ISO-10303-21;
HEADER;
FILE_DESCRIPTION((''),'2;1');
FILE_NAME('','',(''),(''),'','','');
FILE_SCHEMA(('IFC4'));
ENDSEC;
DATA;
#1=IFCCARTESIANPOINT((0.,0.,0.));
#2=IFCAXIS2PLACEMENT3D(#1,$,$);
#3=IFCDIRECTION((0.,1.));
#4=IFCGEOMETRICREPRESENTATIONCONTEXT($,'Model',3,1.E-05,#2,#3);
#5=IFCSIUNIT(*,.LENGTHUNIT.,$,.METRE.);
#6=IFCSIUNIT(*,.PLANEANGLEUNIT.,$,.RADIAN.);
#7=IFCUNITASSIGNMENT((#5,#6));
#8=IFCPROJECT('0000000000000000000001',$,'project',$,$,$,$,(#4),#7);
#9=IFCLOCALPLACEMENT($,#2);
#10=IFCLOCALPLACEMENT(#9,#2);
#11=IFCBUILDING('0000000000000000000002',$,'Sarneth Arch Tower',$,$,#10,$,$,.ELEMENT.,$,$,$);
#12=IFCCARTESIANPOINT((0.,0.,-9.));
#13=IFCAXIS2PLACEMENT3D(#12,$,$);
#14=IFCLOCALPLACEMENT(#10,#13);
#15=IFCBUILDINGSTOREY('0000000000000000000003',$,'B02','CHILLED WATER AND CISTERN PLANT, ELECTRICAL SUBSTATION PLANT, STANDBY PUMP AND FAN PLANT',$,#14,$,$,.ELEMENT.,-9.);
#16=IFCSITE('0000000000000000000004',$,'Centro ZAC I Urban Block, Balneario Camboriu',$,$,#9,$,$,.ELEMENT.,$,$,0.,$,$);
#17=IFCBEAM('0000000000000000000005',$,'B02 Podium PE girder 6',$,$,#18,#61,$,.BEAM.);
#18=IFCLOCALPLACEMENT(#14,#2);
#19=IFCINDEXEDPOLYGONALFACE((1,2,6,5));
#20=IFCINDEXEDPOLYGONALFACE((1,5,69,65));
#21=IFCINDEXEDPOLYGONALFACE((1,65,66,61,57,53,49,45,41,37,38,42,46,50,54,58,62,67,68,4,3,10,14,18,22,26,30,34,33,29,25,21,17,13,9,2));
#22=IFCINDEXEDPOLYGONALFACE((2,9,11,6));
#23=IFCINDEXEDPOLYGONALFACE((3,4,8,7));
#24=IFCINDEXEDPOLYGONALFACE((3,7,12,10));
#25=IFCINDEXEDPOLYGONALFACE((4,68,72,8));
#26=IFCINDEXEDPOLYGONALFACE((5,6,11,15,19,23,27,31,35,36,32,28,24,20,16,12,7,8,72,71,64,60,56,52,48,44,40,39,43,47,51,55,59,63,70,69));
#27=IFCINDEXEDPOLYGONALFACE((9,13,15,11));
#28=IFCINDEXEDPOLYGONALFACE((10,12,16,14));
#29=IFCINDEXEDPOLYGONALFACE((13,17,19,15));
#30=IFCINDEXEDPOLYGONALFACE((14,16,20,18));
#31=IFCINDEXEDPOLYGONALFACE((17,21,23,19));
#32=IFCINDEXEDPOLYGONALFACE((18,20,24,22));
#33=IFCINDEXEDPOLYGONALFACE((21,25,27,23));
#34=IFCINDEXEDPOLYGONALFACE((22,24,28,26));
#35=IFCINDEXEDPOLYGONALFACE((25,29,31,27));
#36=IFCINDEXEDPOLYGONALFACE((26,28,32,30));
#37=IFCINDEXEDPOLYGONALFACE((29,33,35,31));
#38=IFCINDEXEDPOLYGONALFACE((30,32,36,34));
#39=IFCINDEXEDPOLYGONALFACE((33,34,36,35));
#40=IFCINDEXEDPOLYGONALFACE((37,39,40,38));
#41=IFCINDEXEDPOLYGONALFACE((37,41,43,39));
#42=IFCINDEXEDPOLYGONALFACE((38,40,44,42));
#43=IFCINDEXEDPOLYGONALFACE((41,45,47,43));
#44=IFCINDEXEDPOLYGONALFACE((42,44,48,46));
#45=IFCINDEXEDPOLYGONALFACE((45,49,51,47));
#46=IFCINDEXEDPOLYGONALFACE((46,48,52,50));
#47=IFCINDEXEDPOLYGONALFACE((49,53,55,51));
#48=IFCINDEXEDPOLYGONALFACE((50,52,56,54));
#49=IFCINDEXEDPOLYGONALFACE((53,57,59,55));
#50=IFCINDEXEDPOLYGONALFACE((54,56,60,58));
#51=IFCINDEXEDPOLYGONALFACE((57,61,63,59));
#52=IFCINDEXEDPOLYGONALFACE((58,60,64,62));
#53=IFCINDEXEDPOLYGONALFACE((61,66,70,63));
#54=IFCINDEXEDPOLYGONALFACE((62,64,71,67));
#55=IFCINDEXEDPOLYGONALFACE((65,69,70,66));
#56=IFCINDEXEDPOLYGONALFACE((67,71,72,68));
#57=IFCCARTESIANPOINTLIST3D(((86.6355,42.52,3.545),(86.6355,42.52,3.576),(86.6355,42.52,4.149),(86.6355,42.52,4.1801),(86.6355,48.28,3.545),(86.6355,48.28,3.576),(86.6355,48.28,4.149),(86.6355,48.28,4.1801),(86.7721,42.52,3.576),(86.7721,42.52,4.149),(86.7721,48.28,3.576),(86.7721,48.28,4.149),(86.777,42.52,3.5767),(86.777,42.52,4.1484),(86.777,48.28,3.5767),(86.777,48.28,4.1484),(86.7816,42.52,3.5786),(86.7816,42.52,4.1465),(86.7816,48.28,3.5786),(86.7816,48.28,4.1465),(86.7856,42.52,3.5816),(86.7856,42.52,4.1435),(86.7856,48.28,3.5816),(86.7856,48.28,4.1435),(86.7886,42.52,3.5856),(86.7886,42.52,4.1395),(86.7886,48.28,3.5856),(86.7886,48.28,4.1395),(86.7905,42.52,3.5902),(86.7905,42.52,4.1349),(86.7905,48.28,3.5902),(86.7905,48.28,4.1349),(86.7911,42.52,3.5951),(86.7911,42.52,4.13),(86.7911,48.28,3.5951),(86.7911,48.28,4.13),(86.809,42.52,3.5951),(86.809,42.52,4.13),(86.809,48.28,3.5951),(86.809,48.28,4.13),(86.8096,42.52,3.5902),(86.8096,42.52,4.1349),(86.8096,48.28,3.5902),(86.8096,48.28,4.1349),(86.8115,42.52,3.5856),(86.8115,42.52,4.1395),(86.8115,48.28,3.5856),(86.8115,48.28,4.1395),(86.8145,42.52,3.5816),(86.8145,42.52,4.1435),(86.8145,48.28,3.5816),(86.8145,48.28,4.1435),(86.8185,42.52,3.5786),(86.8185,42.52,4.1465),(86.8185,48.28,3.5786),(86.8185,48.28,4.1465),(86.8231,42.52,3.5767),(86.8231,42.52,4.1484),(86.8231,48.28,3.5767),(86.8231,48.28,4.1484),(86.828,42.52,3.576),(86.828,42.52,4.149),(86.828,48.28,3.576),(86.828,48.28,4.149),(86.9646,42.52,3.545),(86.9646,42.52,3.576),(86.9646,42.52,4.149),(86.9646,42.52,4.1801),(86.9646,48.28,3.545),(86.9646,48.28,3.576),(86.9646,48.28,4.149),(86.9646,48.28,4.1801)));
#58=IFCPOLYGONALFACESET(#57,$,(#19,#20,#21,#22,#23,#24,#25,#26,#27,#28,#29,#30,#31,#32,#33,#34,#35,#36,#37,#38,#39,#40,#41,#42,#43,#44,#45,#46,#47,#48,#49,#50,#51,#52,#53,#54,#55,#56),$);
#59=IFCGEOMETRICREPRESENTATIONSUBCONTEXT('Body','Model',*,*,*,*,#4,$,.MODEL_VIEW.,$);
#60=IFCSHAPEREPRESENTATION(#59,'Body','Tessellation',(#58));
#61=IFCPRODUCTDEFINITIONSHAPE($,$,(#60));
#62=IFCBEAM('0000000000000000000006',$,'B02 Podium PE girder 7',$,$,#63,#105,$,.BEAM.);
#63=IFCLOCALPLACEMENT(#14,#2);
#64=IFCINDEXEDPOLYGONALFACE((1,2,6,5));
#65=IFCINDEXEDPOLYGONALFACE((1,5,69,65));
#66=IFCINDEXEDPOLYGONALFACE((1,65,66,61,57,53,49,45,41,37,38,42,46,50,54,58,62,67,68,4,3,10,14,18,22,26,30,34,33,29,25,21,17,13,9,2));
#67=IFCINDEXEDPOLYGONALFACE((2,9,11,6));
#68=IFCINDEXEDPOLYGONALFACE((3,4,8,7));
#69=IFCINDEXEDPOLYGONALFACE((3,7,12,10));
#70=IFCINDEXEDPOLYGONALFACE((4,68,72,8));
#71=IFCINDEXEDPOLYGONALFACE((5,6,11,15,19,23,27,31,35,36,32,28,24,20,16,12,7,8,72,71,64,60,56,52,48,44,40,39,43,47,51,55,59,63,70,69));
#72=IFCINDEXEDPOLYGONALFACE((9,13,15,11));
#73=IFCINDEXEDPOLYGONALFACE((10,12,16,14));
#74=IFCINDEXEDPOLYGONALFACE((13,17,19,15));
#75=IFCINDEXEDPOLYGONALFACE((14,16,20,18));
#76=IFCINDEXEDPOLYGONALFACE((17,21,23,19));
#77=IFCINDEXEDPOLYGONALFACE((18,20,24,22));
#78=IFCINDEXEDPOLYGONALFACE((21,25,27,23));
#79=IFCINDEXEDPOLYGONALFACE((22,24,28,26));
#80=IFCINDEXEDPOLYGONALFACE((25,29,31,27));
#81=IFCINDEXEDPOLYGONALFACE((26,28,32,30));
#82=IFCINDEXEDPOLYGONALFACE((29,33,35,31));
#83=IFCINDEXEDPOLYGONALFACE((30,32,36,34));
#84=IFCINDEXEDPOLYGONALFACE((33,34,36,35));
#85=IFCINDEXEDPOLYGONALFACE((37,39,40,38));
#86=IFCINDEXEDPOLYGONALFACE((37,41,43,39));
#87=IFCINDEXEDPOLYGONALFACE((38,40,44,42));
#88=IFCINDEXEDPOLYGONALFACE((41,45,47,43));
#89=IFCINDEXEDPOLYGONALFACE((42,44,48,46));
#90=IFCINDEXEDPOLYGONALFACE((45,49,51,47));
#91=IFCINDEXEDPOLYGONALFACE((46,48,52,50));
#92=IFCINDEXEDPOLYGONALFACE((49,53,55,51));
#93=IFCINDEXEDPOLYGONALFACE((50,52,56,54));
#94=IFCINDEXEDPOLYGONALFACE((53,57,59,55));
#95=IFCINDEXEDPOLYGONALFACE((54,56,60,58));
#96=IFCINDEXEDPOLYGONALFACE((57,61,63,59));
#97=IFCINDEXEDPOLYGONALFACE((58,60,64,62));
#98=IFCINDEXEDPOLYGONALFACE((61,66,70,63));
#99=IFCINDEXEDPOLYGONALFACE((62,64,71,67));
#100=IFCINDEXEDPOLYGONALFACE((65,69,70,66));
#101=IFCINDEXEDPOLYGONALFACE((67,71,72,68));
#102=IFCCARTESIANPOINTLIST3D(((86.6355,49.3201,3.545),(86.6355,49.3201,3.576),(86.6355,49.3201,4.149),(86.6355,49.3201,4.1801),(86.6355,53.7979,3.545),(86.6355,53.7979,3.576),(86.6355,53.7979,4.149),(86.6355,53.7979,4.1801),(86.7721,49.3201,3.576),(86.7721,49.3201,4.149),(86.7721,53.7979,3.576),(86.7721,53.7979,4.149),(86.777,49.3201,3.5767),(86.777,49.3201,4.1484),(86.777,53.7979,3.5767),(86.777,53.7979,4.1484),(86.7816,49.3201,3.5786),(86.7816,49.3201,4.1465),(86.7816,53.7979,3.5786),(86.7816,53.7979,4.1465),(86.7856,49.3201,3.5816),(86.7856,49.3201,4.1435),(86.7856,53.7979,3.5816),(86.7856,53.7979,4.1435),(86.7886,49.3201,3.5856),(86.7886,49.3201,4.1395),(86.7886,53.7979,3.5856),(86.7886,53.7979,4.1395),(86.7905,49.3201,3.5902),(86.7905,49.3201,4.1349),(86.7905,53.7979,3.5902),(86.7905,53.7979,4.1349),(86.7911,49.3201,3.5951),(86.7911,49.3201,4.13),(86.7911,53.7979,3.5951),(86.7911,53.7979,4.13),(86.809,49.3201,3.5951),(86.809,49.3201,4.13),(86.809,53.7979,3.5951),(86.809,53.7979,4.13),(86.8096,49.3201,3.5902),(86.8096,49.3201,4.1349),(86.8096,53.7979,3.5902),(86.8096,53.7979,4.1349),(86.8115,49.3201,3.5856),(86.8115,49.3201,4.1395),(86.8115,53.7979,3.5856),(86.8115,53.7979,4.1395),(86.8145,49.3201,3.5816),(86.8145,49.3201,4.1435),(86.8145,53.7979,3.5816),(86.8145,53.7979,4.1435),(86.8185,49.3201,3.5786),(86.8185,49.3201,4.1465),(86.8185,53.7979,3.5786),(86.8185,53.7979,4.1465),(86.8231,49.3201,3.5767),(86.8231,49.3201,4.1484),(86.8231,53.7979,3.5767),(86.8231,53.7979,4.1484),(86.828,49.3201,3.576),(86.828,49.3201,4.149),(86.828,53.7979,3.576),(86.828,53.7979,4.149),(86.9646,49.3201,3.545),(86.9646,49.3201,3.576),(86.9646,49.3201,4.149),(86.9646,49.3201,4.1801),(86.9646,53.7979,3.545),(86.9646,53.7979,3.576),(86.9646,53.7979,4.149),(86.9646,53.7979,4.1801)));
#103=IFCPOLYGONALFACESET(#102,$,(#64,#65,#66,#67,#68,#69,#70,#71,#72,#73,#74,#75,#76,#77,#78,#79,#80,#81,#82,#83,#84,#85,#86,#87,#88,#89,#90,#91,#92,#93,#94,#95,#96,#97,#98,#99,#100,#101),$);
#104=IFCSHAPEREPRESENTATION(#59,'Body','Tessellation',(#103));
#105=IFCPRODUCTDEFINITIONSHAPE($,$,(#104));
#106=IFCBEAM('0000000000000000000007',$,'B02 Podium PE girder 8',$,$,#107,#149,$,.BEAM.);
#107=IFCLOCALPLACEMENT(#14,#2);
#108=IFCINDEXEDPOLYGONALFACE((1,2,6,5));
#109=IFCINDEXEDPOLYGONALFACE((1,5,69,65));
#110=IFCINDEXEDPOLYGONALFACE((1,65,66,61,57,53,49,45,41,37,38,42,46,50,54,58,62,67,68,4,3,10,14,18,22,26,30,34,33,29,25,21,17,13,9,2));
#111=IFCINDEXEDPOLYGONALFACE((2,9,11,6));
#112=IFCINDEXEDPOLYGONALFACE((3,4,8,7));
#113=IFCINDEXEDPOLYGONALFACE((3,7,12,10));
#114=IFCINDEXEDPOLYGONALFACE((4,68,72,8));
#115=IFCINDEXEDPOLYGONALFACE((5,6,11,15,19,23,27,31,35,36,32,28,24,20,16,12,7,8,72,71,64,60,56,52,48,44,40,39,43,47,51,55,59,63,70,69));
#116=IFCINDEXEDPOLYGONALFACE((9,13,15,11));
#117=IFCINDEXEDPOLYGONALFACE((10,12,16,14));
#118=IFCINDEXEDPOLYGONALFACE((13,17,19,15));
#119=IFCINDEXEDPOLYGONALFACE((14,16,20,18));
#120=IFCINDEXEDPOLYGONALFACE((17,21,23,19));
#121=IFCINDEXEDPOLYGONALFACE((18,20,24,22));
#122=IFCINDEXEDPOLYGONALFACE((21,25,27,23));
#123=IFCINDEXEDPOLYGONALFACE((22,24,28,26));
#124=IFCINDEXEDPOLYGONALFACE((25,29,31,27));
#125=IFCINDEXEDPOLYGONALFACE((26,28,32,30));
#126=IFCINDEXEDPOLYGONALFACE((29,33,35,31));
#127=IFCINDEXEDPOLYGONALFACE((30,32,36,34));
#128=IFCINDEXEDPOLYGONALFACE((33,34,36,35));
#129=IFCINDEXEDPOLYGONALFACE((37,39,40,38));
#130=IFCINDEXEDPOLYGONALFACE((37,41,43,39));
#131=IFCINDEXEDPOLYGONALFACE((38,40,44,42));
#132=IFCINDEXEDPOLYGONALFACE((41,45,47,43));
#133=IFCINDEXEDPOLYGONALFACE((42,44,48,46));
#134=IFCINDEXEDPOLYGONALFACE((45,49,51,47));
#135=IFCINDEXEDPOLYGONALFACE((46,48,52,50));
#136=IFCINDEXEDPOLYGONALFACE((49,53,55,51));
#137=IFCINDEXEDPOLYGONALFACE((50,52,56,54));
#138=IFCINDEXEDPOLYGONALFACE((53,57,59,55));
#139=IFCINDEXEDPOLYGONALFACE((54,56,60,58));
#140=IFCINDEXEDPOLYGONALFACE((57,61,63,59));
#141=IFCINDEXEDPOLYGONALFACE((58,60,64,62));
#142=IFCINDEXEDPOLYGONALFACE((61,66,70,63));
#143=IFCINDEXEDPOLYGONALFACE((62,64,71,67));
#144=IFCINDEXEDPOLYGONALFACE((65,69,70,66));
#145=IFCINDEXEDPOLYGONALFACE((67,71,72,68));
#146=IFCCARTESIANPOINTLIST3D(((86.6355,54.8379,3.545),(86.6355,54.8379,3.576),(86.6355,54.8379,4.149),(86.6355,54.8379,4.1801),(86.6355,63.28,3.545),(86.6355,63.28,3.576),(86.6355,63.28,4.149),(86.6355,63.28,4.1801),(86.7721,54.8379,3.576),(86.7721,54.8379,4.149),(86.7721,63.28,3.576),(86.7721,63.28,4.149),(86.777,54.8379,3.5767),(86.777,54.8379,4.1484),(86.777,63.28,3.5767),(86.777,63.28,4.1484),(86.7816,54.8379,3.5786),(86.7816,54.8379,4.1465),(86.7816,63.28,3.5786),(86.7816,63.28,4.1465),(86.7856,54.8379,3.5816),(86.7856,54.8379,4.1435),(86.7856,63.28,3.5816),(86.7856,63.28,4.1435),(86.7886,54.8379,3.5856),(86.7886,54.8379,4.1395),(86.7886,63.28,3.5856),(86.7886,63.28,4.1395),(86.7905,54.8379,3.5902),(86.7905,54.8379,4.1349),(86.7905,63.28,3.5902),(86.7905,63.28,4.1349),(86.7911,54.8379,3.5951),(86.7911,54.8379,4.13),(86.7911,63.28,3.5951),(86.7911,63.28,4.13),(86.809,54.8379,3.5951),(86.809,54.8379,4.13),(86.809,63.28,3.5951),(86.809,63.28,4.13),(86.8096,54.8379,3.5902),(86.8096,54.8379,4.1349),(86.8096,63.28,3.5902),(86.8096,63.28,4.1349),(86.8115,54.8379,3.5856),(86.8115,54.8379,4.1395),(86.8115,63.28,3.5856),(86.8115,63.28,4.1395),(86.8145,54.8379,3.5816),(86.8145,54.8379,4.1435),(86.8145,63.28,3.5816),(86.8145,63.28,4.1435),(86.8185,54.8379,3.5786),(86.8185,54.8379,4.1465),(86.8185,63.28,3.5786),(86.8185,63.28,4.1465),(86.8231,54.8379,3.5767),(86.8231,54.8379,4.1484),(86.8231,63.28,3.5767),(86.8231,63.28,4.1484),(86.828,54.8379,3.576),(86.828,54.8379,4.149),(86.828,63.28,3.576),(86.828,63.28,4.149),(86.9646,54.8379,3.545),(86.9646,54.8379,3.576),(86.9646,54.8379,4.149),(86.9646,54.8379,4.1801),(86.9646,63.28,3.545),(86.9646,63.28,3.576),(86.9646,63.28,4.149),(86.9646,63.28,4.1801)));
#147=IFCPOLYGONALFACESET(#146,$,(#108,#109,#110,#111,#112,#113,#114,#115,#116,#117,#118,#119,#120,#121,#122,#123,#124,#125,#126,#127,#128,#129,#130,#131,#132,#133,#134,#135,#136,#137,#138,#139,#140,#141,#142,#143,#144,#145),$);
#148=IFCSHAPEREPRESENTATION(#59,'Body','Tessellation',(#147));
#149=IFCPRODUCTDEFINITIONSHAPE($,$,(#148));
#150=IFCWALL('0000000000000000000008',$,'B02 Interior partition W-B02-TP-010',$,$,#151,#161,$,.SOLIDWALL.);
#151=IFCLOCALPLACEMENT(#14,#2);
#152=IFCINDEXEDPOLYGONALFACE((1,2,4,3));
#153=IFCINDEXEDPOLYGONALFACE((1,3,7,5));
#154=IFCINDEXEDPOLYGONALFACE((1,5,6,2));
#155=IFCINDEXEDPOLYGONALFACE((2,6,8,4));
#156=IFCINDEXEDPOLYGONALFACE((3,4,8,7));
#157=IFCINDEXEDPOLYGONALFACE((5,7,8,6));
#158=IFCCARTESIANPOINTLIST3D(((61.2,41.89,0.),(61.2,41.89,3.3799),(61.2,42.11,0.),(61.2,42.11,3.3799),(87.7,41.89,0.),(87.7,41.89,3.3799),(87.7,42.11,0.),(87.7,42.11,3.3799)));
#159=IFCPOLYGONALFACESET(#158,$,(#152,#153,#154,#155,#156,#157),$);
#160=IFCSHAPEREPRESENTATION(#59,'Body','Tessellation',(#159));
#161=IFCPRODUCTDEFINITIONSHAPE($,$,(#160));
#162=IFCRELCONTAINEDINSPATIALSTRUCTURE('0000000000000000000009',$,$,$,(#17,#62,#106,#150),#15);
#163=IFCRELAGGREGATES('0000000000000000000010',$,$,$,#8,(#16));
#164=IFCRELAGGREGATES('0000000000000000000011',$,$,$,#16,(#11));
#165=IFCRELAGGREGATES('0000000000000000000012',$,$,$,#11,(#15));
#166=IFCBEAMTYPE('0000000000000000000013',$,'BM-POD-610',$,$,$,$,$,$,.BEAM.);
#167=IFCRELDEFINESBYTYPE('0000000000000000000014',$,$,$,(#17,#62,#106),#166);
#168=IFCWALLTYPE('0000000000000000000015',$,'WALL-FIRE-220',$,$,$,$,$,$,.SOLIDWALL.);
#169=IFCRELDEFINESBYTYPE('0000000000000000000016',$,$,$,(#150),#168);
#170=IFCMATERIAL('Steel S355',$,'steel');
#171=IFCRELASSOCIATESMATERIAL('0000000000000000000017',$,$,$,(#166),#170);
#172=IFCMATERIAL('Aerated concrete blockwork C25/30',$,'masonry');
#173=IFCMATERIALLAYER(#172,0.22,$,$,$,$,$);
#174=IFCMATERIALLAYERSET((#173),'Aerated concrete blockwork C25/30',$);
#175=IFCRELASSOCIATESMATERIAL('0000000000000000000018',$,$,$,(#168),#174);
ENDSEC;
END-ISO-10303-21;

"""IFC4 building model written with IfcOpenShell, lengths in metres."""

from ifc_helpers import new_model, si_unit, direction, frame, frame_2d, origin, origin_2d, place, context, subcontext, project, spatial, rectangle, i_section, extrude, material, layer, layer_set, material_profile, profile_set, type_object, element, save


model = new_model("IFC4")

# Units and contexts
model_context = context("Model", 3, precision=1e-05, world=origin(), true_north=direction((0.0, 1.0)))
body_context = subcontext(model_context, "Body", "Model", "MODEL_VIEW")
ifc_project = project(units=[si_unit("LENGTHUNIT", "METRE"), si_unit("PLANEANGLEUNIT", "RADIAN")], contexts=[model_context])

# Site, building, storey
site_placement = place(None, origin())
site = spatial("IfcSite", under=ifc_project, at=site_placement, Name="Centro ZAC I Urban Block, Balneario Camboriu", CompositionType="ELEMENT", RefElevation=0.0)
building_placement = place(site_placement, origin())
building = spatial("IfcBuilding", under=site, at=building_placement, Name="Sarneth Arch Tower", CompositionType="ELEMENT")
storey_placement = place(building_placement, frame((0.0, 0.0, -9.0)))
storey = spatial("IfcBuildingStorey", under=building, at=storey_placement, Name="B02", Description="CHILLED WATER AND CISTERN PLANT, ELECTRICAL SUBSTATION PLANT, STANDBY PUMP AND FAN PLANT", CompositionType="ELEMENT", Elevation=-9.0)

# Beams
ifc_material_1 = material(Name="Steel S355", Category="steel")
ifc_material_profile_1 = material_profile(ifc_material_1, i_section(OverallWidth=0.3291, OverallDepth=0.635, WebThickness=0.0178, FlangeThickness=0.031, FilletRadius=0.019, at=origin_2d()), Name="W610x241")
ifc_profile_set_1 = profile_set([ifc_material_profile_1], Name="Steel S355")
beam_type = type_object("IfcBeamType", Name="BM-POD-610", PredefinedType="BEAM", material=ifc_profile_set_1)
beam_1_placement = place(storey_placement, frame((86.8, 42.52, 3.8625), z_axis=(0.0, 1.0, 0.0), x_axis=(-1.0, 0.0, 0.0)))
element("IfcBeam", 1, at=beam_1_placement, inside=storey, type_object=beam_type, Name="B02 Podium PE girder 6", PredefinedType="BEAM", context=body_context, shape_type="SweptSolid", body=[
    extrude(i_section(OverallWidth=0.3291, OverallDepth=0.635, WebThickness=0.0178, FlangeThickness=0.031, FilletRadius=0.019, at=origin_2d()), origin(), (0.0, 0.0, 1.0), 5.76),
])
beam_2_placement = place(storey_placement, frame((86.8, 49.3201, 3.8625), z_axis=(0.0, 1.0, 0.0), x_axis=(-1.0, 0.0, 0.0)))
element("IfcBeam", 2, at=beam_2_placement, inside=storey, type_object=beam_type, Name="B02 Podium PE girder 7", PredefinedType="BEAM", context=body_context, shape_type="SweptSolid", body=[
    extrude(i_section(OverallWidth=0.3291, OverallDepth=0.635, WebThickness=0.0178, FlangeThickness=0.031, FilletRadius=0.019, at=origin_2d()), origin(), (0.0, 0.0, 1.0), 4.4778),
])
beam_3_placement = place(storey_placement, frame((86.8, 54.8379, 3.8625), z_axis=(0.0, 1.0, 0.0), x_axis=(-1.0, 0.0, 0.0)))
element("IfcBeam", 3, at=beam_3_placement, inside=storey, type_object=beam_type, Name="B02 Podium PE girder 8", PredefinedType="BEAM", context=body_context, shape_type="SweptSolid", body=[
    extrude(i_section(OverallWidth=0.3291, OverallDepth=0.635, WebThickness=0.0178, FlangeThickness=0.031, FilletRadius=0.019, at=origin_2d()), origin(), (0.0, 0.0, 1.0), 8.4421),
])

# Wall
ifc_material_2 = material(Name="Aerated concrete blockwork C25/30", Category="masonry")
ifc_layer = layer(ifc_material_2, 0.22)
ifc_layer_set = layer_set([ifc_layer], Name="Aerated concrete blockwork C25/30")
wall_type = type_object("IfcWallType", Name="WALL-FIRE-220", PredefinedType="SOLIDWALL", material=ifc_layer_set)
wall_placement = place(storey_placement, frame((87.7, 42.0, 0.0), z_axis=(0.0, 0.0, 1.0), x_axis=(-1.0, 0.0, 0.0)))
element("IfcWall", 4, at=wall_placement, inside=storey, type_object=wall_type, Name="B02 Interior partition W-B02-TP-010", PredefinedType="SOLIDWALL", context=body_context, shape_type="SweptSolid", body=[
    extrude(rectangle(XDim=26.5, YDim=0.22, at=frame_2d((13.25, 0.0))), origin(), (0.0, 0.0, 1.0), 3.3799),
])

save(model, "model.ifc")
